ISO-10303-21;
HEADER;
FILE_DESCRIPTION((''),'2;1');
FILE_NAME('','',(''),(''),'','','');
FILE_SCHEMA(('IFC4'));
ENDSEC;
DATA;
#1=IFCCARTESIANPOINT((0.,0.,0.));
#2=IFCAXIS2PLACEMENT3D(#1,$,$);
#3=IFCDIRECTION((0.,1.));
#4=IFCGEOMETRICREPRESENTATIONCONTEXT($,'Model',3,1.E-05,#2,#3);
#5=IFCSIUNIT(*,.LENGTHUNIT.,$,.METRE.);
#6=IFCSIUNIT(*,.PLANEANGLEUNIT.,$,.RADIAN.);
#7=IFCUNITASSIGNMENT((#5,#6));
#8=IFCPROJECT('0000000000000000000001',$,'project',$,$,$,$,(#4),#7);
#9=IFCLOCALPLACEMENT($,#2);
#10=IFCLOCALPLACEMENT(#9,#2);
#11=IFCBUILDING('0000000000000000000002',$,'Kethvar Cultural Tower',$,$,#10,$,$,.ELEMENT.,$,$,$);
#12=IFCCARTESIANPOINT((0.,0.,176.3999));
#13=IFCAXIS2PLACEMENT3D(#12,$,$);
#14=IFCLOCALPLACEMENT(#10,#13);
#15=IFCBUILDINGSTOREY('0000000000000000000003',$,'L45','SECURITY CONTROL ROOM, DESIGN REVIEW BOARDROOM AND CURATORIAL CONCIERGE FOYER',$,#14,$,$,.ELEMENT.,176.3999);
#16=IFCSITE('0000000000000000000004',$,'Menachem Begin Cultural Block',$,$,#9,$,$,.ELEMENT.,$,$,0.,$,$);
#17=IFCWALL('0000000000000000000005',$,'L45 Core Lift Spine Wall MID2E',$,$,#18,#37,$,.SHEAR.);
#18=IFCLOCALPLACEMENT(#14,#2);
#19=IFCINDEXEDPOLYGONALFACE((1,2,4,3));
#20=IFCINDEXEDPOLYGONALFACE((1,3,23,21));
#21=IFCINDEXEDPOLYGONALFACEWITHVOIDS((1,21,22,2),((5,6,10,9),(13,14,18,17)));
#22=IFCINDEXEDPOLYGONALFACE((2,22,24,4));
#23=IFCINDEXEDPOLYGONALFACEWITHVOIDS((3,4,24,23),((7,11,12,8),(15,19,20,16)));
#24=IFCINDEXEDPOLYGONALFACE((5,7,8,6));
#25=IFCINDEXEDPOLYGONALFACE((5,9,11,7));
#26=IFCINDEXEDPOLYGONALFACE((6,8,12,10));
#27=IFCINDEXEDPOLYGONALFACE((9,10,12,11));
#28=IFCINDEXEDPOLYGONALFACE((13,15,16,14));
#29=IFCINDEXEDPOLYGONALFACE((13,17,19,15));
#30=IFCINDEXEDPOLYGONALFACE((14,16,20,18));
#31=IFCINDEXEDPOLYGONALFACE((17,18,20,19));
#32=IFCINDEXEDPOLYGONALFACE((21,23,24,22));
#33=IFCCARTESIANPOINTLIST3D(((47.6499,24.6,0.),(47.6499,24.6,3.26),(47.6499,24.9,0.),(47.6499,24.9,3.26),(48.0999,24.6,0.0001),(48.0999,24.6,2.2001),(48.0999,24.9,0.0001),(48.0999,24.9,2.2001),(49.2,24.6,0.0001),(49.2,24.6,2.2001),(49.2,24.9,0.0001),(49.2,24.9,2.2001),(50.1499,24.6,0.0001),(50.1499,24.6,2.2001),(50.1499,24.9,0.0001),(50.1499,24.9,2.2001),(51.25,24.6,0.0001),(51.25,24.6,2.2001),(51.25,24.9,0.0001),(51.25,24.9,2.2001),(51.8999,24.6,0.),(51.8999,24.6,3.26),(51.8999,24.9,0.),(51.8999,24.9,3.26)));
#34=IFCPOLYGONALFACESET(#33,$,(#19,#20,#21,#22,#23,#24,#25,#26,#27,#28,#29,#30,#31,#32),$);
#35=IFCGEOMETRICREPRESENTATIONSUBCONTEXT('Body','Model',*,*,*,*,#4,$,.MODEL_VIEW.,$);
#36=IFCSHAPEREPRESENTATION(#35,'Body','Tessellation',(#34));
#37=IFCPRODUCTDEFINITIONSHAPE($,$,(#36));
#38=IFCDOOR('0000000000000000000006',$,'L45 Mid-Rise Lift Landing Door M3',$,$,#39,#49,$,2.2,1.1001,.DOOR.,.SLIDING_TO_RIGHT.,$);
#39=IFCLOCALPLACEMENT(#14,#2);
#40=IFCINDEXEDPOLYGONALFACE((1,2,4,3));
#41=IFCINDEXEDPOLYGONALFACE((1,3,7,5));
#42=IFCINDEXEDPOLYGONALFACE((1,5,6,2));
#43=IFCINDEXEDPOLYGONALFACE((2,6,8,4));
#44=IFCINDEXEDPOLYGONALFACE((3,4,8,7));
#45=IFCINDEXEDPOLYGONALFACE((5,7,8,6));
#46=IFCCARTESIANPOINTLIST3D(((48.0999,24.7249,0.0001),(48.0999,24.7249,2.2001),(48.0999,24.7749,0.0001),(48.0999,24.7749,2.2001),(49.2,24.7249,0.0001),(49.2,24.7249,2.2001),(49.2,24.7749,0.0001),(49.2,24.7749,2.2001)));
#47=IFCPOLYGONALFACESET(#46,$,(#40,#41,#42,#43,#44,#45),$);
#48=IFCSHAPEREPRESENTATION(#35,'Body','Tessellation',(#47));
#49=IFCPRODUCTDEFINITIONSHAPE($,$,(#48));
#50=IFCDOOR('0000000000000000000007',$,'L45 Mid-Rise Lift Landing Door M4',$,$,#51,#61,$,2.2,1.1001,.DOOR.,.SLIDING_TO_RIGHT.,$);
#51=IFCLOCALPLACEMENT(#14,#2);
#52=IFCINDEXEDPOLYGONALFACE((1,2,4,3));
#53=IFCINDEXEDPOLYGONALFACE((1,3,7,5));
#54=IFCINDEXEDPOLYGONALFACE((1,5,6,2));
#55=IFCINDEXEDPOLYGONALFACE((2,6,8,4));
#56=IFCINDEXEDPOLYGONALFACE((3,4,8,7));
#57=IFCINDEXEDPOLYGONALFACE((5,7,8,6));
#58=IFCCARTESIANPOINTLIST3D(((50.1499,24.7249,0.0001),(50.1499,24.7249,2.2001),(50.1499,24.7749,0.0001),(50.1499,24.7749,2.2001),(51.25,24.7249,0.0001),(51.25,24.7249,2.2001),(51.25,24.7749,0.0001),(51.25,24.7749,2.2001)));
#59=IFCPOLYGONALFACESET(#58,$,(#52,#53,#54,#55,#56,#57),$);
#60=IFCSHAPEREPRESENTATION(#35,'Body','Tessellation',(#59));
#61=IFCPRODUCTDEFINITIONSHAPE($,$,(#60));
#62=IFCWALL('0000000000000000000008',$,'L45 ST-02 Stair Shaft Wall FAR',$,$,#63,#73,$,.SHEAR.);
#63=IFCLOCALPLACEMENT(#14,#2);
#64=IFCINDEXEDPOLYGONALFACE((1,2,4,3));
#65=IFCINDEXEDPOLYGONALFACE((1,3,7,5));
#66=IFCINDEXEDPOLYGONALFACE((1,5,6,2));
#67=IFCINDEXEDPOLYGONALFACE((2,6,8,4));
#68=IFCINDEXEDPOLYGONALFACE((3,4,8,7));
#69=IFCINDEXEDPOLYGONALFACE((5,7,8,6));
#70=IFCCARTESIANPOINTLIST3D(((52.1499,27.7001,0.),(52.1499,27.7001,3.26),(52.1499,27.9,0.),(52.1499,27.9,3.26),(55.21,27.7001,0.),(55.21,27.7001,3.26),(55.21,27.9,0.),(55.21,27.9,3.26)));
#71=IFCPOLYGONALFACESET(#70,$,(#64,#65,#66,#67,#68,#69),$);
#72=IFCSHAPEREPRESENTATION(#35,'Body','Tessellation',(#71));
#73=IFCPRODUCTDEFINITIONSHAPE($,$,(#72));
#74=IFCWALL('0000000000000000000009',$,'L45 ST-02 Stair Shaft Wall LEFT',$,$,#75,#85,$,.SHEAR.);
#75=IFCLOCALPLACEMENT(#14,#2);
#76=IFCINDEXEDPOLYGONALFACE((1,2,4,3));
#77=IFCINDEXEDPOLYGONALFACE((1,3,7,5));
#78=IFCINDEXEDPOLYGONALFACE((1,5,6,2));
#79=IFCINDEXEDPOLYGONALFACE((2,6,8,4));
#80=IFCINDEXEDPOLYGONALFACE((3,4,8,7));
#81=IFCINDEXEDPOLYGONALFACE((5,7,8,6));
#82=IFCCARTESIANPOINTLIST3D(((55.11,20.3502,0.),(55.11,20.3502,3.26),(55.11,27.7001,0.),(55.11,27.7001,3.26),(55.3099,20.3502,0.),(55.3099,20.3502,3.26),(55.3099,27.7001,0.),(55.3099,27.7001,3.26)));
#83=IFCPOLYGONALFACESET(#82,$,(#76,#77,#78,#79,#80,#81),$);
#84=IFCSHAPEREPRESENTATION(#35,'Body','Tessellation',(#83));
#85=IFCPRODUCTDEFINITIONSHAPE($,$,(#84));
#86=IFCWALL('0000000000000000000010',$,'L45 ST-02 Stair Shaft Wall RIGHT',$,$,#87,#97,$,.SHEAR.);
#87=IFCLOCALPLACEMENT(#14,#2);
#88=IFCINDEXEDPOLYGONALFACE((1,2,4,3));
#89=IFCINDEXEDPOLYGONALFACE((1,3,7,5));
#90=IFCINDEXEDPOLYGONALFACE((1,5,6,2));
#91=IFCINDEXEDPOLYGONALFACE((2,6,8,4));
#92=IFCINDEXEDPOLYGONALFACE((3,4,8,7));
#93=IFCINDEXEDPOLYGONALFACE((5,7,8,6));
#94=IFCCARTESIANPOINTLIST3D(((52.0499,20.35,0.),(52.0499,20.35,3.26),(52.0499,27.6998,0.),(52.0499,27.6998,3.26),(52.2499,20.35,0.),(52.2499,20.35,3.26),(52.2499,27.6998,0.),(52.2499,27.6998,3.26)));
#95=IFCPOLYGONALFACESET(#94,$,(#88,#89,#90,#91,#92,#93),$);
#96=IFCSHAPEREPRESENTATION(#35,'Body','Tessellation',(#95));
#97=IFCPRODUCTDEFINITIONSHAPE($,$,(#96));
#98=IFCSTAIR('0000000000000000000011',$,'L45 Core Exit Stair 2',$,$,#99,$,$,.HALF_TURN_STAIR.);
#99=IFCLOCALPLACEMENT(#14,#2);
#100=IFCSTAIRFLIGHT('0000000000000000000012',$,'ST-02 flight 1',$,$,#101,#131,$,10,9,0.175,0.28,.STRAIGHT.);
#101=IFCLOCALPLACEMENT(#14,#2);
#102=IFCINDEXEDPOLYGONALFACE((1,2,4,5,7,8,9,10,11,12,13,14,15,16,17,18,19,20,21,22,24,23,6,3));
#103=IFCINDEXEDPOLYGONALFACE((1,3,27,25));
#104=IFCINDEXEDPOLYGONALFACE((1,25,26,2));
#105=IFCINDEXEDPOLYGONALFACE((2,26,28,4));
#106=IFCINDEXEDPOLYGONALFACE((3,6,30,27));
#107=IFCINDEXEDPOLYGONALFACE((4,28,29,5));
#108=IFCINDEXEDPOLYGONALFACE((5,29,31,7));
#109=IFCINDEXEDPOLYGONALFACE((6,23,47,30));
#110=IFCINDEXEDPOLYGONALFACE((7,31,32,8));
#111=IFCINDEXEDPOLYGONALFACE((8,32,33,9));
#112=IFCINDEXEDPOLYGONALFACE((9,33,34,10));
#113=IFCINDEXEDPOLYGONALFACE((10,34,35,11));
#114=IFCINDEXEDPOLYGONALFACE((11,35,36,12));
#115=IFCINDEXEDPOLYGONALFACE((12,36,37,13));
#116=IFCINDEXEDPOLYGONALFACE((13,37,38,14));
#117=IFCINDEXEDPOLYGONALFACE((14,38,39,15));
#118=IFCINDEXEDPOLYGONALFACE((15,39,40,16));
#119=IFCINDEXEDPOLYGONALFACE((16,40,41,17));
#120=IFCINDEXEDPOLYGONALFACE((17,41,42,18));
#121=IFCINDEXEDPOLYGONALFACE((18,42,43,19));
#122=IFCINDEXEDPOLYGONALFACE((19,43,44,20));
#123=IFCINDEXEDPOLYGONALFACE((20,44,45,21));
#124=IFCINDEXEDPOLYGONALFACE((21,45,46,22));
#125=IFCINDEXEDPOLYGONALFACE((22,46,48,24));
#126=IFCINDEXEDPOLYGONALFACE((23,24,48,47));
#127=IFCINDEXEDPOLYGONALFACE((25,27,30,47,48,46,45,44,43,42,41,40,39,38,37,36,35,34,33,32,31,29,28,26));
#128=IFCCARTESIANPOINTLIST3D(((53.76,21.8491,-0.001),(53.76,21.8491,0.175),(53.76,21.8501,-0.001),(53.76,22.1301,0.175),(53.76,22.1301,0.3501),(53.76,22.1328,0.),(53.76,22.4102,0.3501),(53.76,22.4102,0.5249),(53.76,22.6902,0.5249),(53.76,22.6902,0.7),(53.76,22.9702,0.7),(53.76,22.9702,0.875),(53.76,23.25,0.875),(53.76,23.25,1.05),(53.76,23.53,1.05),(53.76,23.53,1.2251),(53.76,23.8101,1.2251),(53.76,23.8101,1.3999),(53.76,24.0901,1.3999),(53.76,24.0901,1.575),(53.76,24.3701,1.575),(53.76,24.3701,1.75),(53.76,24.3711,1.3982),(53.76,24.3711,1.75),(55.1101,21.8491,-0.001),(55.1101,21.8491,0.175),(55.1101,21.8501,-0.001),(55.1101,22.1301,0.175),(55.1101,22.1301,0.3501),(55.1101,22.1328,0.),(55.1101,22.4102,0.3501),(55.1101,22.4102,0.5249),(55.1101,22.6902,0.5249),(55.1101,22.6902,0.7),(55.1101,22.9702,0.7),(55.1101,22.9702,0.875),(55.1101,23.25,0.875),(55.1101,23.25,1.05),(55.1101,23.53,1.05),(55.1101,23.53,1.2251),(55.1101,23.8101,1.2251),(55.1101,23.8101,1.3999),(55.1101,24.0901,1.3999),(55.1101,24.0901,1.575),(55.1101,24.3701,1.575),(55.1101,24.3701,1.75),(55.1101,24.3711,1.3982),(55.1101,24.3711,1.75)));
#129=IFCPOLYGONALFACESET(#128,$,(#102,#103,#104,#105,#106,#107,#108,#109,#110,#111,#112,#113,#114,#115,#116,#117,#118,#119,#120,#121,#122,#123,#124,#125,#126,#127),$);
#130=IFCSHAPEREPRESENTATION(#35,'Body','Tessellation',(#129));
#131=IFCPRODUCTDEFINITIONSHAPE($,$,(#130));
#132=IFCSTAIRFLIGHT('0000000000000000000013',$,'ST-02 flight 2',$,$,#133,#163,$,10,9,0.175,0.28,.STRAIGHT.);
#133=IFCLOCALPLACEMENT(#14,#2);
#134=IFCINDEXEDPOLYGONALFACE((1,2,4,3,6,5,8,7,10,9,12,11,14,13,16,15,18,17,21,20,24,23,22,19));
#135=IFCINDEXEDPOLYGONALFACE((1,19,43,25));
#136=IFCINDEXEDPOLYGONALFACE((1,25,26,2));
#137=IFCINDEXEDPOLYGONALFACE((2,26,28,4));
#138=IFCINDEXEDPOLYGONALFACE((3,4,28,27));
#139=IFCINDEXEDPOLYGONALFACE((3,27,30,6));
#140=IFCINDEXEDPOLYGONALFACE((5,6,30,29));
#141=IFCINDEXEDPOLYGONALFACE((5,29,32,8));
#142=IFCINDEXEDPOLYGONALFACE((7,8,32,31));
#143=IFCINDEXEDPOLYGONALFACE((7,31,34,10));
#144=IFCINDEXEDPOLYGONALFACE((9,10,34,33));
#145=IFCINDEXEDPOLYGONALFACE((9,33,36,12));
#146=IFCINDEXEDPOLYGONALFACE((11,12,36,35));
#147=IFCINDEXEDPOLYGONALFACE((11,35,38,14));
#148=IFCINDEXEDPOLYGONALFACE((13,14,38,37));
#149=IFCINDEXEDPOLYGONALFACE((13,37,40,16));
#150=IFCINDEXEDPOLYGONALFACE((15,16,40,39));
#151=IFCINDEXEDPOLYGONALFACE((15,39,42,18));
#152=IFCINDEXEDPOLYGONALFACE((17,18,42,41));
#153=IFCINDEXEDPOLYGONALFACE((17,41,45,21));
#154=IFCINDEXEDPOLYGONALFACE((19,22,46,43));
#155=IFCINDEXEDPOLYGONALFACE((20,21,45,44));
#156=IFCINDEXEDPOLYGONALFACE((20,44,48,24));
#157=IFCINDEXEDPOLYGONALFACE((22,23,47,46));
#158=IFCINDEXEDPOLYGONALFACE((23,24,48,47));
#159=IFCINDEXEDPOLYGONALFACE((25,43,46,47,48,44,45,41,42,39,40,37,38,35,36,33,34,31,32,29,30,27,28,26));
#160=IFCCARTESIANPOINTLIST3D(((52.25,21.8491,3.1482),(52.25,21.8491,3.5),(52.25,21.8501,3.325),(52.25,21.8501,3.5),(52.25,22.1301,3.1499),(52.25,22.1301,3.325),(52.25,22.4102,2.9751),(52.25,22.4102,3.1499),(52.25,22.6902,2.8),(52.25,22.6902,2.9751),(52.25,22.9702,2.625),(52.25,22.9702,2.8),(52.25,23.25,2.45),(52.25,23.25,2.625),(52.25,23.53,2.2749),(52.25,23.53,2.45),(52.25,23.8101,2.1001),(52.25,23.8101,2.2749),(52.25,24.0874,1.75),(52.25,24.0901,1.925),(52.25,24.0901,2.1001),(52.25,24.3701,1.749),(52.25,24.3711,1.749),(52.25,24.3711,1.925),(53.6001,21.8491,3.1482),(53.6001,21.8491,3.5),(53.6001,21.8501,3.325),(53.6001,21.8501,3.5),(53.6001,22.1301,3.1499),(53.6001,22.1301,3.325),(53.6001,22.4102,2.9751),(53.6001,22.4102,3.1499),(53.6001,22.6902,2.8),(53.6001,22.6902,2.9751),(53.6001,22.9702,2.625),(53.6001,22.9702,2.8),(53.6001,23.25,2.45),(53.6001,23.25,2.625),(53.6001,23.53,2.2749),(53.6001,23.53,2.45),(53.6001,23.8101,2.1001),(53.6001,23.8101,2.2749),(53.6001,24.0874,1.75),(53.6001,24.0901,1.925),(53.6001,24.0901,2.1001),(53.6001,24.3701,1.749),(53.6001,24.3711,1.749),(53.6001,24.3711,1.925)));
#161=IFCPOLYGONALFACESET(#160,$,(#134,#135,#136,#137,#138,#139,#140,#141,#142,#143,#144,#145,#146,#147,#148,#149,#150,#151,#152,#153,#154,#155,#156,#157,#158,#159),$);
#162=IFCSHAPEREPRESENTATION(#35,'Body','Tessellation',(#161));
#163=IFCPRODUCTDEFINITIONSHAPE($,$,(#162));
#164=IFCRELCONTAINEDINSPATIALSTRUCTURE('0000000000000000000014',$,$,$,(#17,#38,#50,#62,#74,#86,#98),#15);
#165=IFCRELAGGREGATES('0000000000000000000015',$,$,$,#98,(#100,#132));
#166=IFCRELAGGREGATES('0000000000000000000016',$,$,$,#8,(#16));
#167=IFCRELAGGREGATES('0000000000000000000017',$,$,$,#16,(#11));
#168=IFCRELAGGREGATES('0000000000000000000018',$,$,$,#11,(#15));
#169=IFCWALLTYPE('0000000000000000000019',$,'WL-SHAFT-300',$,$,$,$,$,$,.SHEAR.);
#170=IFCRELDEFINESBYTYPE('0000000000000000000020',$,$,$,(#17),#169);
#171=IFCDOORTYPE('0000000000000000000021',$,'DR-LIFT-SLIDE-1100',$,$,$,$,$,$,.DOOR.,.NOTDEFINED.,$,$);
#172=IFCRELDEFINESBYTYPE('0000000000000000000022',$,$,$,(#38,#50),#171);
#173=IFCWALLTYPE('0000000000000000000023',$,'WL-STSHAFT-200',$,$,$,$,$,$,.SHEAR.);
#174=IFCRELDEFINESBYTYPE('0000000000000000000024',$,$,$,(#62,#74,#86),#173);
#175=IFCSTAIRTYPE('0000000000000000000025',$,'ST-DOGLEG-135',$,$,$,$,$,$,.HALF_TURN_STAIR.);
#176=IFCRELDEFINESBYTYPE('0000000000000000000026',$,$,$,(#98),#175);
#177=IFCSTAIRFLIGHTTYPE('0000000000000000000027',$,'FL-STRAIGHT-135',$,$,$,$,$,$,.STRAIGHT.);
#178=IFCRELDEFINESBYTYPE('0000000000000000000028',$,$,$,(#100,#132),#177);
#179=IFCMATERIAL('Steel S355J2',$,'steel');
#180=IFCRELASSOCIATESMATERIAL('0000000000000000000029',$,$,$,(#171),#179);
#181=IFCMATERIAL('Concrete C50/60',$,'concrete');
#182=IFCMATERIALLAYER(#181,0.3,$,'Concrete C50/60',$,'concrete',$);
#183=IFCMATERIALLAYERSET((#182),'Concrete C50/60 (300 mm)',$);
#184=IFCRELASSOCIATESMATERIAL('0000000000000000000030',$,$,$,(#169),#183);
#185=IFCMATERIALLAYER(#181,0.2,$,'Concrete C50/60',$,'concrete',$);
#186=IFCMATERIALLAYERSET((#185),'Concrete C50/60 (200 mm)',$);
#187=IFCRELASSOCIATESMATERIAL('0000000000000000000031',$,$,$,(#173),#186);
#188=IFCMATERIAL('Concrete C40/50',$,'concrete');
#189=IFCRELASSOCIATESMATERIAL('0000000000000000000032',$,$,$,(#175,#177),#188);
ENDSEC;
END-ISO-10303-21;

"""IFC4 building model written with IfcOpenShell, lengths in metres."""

from ifc_helpers import new_model, si_unit, direction, frame, frame_2d, origin, place, context, subcontext, project, spatial, polyline, rectangle, outline, extrude, source, transform, mapped, material, layer, layer_set, type_object, element, fill, aggregate, save


model = new_model("IFC4")

# Units and contexts
model_context = context("Model", 3, precision=1e-05, world=origin(), true_north=direction((0.0, 1.0)))
body_context = subcontext(model_context, "Body", "Model", "MODEL_VIEW")
ifc_project = project(units=[si_unit("LENGTHUNIT", "METRE"), si_unit("PLANEANGLEUNIT", "RADIAN")], contexts=[model_context])

# Site, building, storey
site_placement = place(None, origin())
site = spatial("IfcSite", under=ifc_project, at=site_placement, Name="Menachem Begin Cultural Block", CompositionType="ELEMENT", RefElevation=0.0)
building_placement = place(site_placement, origin())
building = spatial("IfcBuilding", under=site, at=building_placement, Name="Kethvar Cultural Tower", CompositionType="ELEMENT")
storey_placement = place(building_placement, frame((0.0, 0.0, 176.3999)))
storey = spatial("IfcBuildingStorey", under=building, at=storey_placement, Name="L45", Description="SECURITY CONTROL ROOM, DESIGN REVIEW BOARDROOM AND CURATORIAL CONCIERGE FOYER", CompositionType="ELEMENT", Elevation=176.3999)

# Shared definitions
ifc_material_1 = material(Name="Steel S355J2", Category="steel")

# Shared definitions
door_type_1 = type_object("IfcDoorType", Name="DR-LIFT-SLIDE-1100", OperationType="NOTDEFINED", PredefinedType="DOOR", material=ifc_material_1)
shared_shape_1 = source(origin(), body_context, "Body", "SweptSolid", [
    extrude(rectangle(XDim=1.1001, YDim=2.2, at=frame_2d((0.55, 1.1001))), frame((0.0, 0.0249, 0.0), z_axis=(0.0, -1.0, 0.0), x_axis=(1.0, 0.0, 0.0)), (0.0, 0.0, 1.0), 0.05),
])

# Shared definitions
ifc_material_2 = material(Name="Concrete C40/50", Category="concrete")
ifc_material_3 = material(Name="Concrete C50/60", Category="concrete")
ifc_layer_1 = layer(ifc_material_3, 0.3, Name="Concrete C50/60", Category="concrete")
ifc_layer_set_1 = layer_set([ifc_layer_1], Name="Concrete C50/60 (300 mm)")
wall_type_1 = type_object("IfcWallType", Name="WL-SHAFT-300", PredefinedType="SHEAR", material=ifc_layer_set_1)

# Wall, openings, doors
wall_1_placement = place(storey_placement, frame((47.6499, 24.75, 0.0), z_axis=(0.0, 0.0, 1.0), x_axis=(1.0, 0.0, 0.0)))
wall_1 = element("IfcWall", 1, at=wall_1_placement, inside=storey, type_object=wall_type_1, Name="L45 Core Lift Spine Wall MID2E", PredefinedType="SHEAR", context=body_context, shape_type="SweptSolid", body=[
    extrude(rectangle(XDim=4.25, YDim=0.3, at=frame_2d((2.125, 0.0))), origin(), (0.0, 0.0, 1.0), 3.26),
])
opening_1_placement = place(wall_1_placement, frame((0.45, 0.0, 0.0)))
opening_1 = element("IfcOpeningElement", 2, at=opening_1_placement, cuts=wall_1, PredefinedType="OPENING", context=body_context, shape_type="SweptSolid", body=[
    extrude(rectangle(XDim=1.1001, YDim=2.2, at=frame_2d((0.55, 1.1001))), frame((0.0, 0.1599, 0.0), z_axis=(0.0, -1.0, 0.0), x_axis=(1.0, 0.0, 0.0)), (0.0, 0.0, 1.0), 0.3201),
])
opening_2_placement = place(wall_1_placement, frame((2.5, 0.0, 0.0)))
opening_2 = element("IfcOpeningElement", 3, at=opening_2_placement, cuts=wall_1, PredefinedType="OPENING", context=body_context, shape_type="SweptSolid", body=[
    extrude(rectangle(XDim=1.1001, YDim=2.2, at=frame_2d((0.55, 1.1001))), frame((0.0, 0.1599, 0.0), z_axis=(0.0, -1.0, 0.0), x_axis=(1.0, 0.0, 0.0)), (0.0, 0.0, 1.0), 0.3201),
])
door_1_placement = place(opening_1_placement, origin())
door_1 = element("IfcDoor", 4, at=door_1_placement, inside=storey, type_object=door_type_1, Name="L45 Mid-Rise Lift Landing Door M3", OperationType="SLIDING_TO_RIGHT", OverallHeight=2.2, OverallWidth=1.1001, PredefinedType="DOOR", context=body_context, shape_type="MappedRepresentation", body=[
    mapped(shared_shape_1, transform((0.0, 0.0, 0.0), scale=1.0)),
])
fill(opening_1, door_1)
door_2_placement = place(opening_2_placement, origin())
door_2 = element("IfcDoor", 5, at=door_2_placement, inside=storey, type_object=door_type_1, Name="L45 Mid-Rise Lift Landing Door M4", OperationType="SLIDING_TO_RIGHT", OverallHeight=2.2, OverallWidth=1.1001, PredefinedType="DOOR", context=body_context, shape_type="MappedRepresentation", body=[
    mapped(shared_shape_1, transform((0.0, 0.0, 0.0), scale=1.0)),
])
fill(opening_2, door_2)

# Walls
ifc_layer_2 = layer(ifc_material_3, 0.2, Name="Concrete C50/60", Category="concrete")
ifc_layer_set_2 = layer_set([ifc_layer_2], Name="Concrete C50/60 (200 mm)")
wall_type_2 = type_object("IfcWallType", Name="WL-STSHAFT-200", PredefinedType="SHEAR", material=ifc_layer_set_2)
wall_2_placement = place(storey_placement, frame((52.1499, 27.8, 0.0), z_axis=(0.0, 0.0, 1.0), x_axis=(1.0, 0.0, 0.0)))
element("IfcWall", 6, at=wall_2_placement, inside=storey, type_object=wall_type_2, Name="L45 ST-02 Stair Shaft Wall FAR", PredefinedType="SHEAR", context=body_context, shape_type="SweptSolid", body=[
    extrude(rectangle(XDim=3.0601, YDim=0.2, at=frame_2d((1.53, 0.0))), origin(), (0.0, 0.0, 1.0), 3.26),
])
for number, where, z_axis, x_axis, name in (
    (7, (55.21, 27.7, 0.0), (0.0, 0.0, 1.0), (0.0, -1.0, 0.0), "L45 ST-02 Stair Shaft Wall LEFT"),
    (8, (52.1499, 20.3501, 0.0), (0.0, 0.0, 1.0), (0.0, 1.0, 0.0), "L45 ST-02 Stair Shaft Wall RIGHT"),
):
    element("IfcWall", number, at=place(storey_placement, frame(where, z_axis=z_axis, x_axis=x_axis)), inside=storey, type_object=wall_type_2, Name=name, PredefinedType="SHEAR", context=body_context, shape_type="SweptSolid", body=[
        extrude(rectangle(XDim=7.3499, YDim=0.2, at=frame_2d((3.6748, 0.0))), origin(), (0.0, 0.0, 1.0), 3.26),
    ])

# Stair, stair flights
stair_type = type_object("IfcStairType", Name="ST-DOGLEG-135", PredefinedType="HALF_TURN_STAIR", material=ifc_material_2)
stair_placement = place(storey_placement, origin())
stair = element("IfcStair", 9, at=stair_placement, inside=storey, type_object=stair_type, Name="L45 Core Exit Stair 2", PredefinedType="HALF_TURN_STAIR")
stair_flight_type = type_object("IfcStairFlightType", Name="FL-STRAIGHT-135", PredefinedType="STRAIGHT", material=ifc_material_2)
stair_flight_1_placement = place(storey_placement, frame((54.4351, 21.8501, 0.0), z_axis=(0.0, 0.0, 1.0), x_axis=(0.0, 1.0, 0.0)))
stair_flight_1 = element("IfcStairFlight", 10, at=stair_flight_1_placement, type_object=stair_flight_type, Name="ST-02 flight 1", NumberOfRisers=10, NumberOfTreads=9, PredefinedType="STRAIGHT", RiserHeight=0.175, TreadLength=0.28, context=body_context, shape_type="SweptSolid", body=[
    extrude(outline(polyline([(-0.001, -0.001), (-0.001, 0.175), (0.28, 0.175), (0.28, 0.3501), (0.5601, 0.3501), (0.5601, 0.5249), (0.8401, 0.5249), (0.8401, 0.7), (1.1201, 0.7), (1.1201, 0.875), (1.3999, 0.875), (1.3999, 1.05), (1.6799, 1.05), (1.6799, 1.2251), (1.96, 1.2251), (1.96, 1.3999), (2.24, 1.3999), (2.24, 1.575), (2.52, 1.575), (2.52, 1.75), (2.521, 1.75), (2.521, 1.3982), (0.2827, 0.0), (0.0, -0.001), (-0.001, -0.001)])), frame((0.0, 0.675, 0.0), z_axis=(0.0, -1.0, 0.0), x_axis=(1.0, 0.0, 0.0)), (0.0, 0.0, 1.0), 1.3501),
])
stair_flight_2_placement = place(storey_placement, frame((52.925, 24.3701, 1.75), z_axis=(0.0, 0.0, 1.0), x_axis=(0.0, -1.0, 0.0)))
stair_flight_2 = element("IfcStairFlight", 11, at=stair_flight_2_placement, type_object=stair_flight_type, Name="ST-02 flight 2", NumberOfRisers=10, NumberOfTreads=9, PredefinedType="STRAIGHT", RiserHeight=0.175, TreadLength=0.28, context=body_context, shape_type="SweptSolid", body=[
    extrude(outline(polyline([(-0.001, -0.001), (-0.001, 0.175), (0.28, 0.175), (0.28, 0.3501), (0.5601, 0.3501), (0.5601, 0.5249), (0.8401, 0.5249), (0.8401, 0.7), (1.1201, 0.7), (1.1201, 0.875), (1.3999, 0.875), (1.3999, 1.05), (1.6799, 1.05), (1.6799, 1.2251), (1.96, 1.2251), (1.96, 1.3999), (2.24, 1.3999), (2.24, 1.575), (2.52, 1.575), (2.52, 1.75), (2.521, 1.75), (2.521, 1.3982), (0.2827, 0.0), (0.0, -0.001), (-0.001, -0.001)])), frame((0.0, 0.675, 0.0), z_axis=(0.0, -1.0, 0.0), x_axis=(1.0, 0.0, 0.0)), (0.0, 0.0, 1.0), 1.3501),
])
aggregate(stair, [stair_flight_1, stair_flight_2])

save(model, "model.ifc")
